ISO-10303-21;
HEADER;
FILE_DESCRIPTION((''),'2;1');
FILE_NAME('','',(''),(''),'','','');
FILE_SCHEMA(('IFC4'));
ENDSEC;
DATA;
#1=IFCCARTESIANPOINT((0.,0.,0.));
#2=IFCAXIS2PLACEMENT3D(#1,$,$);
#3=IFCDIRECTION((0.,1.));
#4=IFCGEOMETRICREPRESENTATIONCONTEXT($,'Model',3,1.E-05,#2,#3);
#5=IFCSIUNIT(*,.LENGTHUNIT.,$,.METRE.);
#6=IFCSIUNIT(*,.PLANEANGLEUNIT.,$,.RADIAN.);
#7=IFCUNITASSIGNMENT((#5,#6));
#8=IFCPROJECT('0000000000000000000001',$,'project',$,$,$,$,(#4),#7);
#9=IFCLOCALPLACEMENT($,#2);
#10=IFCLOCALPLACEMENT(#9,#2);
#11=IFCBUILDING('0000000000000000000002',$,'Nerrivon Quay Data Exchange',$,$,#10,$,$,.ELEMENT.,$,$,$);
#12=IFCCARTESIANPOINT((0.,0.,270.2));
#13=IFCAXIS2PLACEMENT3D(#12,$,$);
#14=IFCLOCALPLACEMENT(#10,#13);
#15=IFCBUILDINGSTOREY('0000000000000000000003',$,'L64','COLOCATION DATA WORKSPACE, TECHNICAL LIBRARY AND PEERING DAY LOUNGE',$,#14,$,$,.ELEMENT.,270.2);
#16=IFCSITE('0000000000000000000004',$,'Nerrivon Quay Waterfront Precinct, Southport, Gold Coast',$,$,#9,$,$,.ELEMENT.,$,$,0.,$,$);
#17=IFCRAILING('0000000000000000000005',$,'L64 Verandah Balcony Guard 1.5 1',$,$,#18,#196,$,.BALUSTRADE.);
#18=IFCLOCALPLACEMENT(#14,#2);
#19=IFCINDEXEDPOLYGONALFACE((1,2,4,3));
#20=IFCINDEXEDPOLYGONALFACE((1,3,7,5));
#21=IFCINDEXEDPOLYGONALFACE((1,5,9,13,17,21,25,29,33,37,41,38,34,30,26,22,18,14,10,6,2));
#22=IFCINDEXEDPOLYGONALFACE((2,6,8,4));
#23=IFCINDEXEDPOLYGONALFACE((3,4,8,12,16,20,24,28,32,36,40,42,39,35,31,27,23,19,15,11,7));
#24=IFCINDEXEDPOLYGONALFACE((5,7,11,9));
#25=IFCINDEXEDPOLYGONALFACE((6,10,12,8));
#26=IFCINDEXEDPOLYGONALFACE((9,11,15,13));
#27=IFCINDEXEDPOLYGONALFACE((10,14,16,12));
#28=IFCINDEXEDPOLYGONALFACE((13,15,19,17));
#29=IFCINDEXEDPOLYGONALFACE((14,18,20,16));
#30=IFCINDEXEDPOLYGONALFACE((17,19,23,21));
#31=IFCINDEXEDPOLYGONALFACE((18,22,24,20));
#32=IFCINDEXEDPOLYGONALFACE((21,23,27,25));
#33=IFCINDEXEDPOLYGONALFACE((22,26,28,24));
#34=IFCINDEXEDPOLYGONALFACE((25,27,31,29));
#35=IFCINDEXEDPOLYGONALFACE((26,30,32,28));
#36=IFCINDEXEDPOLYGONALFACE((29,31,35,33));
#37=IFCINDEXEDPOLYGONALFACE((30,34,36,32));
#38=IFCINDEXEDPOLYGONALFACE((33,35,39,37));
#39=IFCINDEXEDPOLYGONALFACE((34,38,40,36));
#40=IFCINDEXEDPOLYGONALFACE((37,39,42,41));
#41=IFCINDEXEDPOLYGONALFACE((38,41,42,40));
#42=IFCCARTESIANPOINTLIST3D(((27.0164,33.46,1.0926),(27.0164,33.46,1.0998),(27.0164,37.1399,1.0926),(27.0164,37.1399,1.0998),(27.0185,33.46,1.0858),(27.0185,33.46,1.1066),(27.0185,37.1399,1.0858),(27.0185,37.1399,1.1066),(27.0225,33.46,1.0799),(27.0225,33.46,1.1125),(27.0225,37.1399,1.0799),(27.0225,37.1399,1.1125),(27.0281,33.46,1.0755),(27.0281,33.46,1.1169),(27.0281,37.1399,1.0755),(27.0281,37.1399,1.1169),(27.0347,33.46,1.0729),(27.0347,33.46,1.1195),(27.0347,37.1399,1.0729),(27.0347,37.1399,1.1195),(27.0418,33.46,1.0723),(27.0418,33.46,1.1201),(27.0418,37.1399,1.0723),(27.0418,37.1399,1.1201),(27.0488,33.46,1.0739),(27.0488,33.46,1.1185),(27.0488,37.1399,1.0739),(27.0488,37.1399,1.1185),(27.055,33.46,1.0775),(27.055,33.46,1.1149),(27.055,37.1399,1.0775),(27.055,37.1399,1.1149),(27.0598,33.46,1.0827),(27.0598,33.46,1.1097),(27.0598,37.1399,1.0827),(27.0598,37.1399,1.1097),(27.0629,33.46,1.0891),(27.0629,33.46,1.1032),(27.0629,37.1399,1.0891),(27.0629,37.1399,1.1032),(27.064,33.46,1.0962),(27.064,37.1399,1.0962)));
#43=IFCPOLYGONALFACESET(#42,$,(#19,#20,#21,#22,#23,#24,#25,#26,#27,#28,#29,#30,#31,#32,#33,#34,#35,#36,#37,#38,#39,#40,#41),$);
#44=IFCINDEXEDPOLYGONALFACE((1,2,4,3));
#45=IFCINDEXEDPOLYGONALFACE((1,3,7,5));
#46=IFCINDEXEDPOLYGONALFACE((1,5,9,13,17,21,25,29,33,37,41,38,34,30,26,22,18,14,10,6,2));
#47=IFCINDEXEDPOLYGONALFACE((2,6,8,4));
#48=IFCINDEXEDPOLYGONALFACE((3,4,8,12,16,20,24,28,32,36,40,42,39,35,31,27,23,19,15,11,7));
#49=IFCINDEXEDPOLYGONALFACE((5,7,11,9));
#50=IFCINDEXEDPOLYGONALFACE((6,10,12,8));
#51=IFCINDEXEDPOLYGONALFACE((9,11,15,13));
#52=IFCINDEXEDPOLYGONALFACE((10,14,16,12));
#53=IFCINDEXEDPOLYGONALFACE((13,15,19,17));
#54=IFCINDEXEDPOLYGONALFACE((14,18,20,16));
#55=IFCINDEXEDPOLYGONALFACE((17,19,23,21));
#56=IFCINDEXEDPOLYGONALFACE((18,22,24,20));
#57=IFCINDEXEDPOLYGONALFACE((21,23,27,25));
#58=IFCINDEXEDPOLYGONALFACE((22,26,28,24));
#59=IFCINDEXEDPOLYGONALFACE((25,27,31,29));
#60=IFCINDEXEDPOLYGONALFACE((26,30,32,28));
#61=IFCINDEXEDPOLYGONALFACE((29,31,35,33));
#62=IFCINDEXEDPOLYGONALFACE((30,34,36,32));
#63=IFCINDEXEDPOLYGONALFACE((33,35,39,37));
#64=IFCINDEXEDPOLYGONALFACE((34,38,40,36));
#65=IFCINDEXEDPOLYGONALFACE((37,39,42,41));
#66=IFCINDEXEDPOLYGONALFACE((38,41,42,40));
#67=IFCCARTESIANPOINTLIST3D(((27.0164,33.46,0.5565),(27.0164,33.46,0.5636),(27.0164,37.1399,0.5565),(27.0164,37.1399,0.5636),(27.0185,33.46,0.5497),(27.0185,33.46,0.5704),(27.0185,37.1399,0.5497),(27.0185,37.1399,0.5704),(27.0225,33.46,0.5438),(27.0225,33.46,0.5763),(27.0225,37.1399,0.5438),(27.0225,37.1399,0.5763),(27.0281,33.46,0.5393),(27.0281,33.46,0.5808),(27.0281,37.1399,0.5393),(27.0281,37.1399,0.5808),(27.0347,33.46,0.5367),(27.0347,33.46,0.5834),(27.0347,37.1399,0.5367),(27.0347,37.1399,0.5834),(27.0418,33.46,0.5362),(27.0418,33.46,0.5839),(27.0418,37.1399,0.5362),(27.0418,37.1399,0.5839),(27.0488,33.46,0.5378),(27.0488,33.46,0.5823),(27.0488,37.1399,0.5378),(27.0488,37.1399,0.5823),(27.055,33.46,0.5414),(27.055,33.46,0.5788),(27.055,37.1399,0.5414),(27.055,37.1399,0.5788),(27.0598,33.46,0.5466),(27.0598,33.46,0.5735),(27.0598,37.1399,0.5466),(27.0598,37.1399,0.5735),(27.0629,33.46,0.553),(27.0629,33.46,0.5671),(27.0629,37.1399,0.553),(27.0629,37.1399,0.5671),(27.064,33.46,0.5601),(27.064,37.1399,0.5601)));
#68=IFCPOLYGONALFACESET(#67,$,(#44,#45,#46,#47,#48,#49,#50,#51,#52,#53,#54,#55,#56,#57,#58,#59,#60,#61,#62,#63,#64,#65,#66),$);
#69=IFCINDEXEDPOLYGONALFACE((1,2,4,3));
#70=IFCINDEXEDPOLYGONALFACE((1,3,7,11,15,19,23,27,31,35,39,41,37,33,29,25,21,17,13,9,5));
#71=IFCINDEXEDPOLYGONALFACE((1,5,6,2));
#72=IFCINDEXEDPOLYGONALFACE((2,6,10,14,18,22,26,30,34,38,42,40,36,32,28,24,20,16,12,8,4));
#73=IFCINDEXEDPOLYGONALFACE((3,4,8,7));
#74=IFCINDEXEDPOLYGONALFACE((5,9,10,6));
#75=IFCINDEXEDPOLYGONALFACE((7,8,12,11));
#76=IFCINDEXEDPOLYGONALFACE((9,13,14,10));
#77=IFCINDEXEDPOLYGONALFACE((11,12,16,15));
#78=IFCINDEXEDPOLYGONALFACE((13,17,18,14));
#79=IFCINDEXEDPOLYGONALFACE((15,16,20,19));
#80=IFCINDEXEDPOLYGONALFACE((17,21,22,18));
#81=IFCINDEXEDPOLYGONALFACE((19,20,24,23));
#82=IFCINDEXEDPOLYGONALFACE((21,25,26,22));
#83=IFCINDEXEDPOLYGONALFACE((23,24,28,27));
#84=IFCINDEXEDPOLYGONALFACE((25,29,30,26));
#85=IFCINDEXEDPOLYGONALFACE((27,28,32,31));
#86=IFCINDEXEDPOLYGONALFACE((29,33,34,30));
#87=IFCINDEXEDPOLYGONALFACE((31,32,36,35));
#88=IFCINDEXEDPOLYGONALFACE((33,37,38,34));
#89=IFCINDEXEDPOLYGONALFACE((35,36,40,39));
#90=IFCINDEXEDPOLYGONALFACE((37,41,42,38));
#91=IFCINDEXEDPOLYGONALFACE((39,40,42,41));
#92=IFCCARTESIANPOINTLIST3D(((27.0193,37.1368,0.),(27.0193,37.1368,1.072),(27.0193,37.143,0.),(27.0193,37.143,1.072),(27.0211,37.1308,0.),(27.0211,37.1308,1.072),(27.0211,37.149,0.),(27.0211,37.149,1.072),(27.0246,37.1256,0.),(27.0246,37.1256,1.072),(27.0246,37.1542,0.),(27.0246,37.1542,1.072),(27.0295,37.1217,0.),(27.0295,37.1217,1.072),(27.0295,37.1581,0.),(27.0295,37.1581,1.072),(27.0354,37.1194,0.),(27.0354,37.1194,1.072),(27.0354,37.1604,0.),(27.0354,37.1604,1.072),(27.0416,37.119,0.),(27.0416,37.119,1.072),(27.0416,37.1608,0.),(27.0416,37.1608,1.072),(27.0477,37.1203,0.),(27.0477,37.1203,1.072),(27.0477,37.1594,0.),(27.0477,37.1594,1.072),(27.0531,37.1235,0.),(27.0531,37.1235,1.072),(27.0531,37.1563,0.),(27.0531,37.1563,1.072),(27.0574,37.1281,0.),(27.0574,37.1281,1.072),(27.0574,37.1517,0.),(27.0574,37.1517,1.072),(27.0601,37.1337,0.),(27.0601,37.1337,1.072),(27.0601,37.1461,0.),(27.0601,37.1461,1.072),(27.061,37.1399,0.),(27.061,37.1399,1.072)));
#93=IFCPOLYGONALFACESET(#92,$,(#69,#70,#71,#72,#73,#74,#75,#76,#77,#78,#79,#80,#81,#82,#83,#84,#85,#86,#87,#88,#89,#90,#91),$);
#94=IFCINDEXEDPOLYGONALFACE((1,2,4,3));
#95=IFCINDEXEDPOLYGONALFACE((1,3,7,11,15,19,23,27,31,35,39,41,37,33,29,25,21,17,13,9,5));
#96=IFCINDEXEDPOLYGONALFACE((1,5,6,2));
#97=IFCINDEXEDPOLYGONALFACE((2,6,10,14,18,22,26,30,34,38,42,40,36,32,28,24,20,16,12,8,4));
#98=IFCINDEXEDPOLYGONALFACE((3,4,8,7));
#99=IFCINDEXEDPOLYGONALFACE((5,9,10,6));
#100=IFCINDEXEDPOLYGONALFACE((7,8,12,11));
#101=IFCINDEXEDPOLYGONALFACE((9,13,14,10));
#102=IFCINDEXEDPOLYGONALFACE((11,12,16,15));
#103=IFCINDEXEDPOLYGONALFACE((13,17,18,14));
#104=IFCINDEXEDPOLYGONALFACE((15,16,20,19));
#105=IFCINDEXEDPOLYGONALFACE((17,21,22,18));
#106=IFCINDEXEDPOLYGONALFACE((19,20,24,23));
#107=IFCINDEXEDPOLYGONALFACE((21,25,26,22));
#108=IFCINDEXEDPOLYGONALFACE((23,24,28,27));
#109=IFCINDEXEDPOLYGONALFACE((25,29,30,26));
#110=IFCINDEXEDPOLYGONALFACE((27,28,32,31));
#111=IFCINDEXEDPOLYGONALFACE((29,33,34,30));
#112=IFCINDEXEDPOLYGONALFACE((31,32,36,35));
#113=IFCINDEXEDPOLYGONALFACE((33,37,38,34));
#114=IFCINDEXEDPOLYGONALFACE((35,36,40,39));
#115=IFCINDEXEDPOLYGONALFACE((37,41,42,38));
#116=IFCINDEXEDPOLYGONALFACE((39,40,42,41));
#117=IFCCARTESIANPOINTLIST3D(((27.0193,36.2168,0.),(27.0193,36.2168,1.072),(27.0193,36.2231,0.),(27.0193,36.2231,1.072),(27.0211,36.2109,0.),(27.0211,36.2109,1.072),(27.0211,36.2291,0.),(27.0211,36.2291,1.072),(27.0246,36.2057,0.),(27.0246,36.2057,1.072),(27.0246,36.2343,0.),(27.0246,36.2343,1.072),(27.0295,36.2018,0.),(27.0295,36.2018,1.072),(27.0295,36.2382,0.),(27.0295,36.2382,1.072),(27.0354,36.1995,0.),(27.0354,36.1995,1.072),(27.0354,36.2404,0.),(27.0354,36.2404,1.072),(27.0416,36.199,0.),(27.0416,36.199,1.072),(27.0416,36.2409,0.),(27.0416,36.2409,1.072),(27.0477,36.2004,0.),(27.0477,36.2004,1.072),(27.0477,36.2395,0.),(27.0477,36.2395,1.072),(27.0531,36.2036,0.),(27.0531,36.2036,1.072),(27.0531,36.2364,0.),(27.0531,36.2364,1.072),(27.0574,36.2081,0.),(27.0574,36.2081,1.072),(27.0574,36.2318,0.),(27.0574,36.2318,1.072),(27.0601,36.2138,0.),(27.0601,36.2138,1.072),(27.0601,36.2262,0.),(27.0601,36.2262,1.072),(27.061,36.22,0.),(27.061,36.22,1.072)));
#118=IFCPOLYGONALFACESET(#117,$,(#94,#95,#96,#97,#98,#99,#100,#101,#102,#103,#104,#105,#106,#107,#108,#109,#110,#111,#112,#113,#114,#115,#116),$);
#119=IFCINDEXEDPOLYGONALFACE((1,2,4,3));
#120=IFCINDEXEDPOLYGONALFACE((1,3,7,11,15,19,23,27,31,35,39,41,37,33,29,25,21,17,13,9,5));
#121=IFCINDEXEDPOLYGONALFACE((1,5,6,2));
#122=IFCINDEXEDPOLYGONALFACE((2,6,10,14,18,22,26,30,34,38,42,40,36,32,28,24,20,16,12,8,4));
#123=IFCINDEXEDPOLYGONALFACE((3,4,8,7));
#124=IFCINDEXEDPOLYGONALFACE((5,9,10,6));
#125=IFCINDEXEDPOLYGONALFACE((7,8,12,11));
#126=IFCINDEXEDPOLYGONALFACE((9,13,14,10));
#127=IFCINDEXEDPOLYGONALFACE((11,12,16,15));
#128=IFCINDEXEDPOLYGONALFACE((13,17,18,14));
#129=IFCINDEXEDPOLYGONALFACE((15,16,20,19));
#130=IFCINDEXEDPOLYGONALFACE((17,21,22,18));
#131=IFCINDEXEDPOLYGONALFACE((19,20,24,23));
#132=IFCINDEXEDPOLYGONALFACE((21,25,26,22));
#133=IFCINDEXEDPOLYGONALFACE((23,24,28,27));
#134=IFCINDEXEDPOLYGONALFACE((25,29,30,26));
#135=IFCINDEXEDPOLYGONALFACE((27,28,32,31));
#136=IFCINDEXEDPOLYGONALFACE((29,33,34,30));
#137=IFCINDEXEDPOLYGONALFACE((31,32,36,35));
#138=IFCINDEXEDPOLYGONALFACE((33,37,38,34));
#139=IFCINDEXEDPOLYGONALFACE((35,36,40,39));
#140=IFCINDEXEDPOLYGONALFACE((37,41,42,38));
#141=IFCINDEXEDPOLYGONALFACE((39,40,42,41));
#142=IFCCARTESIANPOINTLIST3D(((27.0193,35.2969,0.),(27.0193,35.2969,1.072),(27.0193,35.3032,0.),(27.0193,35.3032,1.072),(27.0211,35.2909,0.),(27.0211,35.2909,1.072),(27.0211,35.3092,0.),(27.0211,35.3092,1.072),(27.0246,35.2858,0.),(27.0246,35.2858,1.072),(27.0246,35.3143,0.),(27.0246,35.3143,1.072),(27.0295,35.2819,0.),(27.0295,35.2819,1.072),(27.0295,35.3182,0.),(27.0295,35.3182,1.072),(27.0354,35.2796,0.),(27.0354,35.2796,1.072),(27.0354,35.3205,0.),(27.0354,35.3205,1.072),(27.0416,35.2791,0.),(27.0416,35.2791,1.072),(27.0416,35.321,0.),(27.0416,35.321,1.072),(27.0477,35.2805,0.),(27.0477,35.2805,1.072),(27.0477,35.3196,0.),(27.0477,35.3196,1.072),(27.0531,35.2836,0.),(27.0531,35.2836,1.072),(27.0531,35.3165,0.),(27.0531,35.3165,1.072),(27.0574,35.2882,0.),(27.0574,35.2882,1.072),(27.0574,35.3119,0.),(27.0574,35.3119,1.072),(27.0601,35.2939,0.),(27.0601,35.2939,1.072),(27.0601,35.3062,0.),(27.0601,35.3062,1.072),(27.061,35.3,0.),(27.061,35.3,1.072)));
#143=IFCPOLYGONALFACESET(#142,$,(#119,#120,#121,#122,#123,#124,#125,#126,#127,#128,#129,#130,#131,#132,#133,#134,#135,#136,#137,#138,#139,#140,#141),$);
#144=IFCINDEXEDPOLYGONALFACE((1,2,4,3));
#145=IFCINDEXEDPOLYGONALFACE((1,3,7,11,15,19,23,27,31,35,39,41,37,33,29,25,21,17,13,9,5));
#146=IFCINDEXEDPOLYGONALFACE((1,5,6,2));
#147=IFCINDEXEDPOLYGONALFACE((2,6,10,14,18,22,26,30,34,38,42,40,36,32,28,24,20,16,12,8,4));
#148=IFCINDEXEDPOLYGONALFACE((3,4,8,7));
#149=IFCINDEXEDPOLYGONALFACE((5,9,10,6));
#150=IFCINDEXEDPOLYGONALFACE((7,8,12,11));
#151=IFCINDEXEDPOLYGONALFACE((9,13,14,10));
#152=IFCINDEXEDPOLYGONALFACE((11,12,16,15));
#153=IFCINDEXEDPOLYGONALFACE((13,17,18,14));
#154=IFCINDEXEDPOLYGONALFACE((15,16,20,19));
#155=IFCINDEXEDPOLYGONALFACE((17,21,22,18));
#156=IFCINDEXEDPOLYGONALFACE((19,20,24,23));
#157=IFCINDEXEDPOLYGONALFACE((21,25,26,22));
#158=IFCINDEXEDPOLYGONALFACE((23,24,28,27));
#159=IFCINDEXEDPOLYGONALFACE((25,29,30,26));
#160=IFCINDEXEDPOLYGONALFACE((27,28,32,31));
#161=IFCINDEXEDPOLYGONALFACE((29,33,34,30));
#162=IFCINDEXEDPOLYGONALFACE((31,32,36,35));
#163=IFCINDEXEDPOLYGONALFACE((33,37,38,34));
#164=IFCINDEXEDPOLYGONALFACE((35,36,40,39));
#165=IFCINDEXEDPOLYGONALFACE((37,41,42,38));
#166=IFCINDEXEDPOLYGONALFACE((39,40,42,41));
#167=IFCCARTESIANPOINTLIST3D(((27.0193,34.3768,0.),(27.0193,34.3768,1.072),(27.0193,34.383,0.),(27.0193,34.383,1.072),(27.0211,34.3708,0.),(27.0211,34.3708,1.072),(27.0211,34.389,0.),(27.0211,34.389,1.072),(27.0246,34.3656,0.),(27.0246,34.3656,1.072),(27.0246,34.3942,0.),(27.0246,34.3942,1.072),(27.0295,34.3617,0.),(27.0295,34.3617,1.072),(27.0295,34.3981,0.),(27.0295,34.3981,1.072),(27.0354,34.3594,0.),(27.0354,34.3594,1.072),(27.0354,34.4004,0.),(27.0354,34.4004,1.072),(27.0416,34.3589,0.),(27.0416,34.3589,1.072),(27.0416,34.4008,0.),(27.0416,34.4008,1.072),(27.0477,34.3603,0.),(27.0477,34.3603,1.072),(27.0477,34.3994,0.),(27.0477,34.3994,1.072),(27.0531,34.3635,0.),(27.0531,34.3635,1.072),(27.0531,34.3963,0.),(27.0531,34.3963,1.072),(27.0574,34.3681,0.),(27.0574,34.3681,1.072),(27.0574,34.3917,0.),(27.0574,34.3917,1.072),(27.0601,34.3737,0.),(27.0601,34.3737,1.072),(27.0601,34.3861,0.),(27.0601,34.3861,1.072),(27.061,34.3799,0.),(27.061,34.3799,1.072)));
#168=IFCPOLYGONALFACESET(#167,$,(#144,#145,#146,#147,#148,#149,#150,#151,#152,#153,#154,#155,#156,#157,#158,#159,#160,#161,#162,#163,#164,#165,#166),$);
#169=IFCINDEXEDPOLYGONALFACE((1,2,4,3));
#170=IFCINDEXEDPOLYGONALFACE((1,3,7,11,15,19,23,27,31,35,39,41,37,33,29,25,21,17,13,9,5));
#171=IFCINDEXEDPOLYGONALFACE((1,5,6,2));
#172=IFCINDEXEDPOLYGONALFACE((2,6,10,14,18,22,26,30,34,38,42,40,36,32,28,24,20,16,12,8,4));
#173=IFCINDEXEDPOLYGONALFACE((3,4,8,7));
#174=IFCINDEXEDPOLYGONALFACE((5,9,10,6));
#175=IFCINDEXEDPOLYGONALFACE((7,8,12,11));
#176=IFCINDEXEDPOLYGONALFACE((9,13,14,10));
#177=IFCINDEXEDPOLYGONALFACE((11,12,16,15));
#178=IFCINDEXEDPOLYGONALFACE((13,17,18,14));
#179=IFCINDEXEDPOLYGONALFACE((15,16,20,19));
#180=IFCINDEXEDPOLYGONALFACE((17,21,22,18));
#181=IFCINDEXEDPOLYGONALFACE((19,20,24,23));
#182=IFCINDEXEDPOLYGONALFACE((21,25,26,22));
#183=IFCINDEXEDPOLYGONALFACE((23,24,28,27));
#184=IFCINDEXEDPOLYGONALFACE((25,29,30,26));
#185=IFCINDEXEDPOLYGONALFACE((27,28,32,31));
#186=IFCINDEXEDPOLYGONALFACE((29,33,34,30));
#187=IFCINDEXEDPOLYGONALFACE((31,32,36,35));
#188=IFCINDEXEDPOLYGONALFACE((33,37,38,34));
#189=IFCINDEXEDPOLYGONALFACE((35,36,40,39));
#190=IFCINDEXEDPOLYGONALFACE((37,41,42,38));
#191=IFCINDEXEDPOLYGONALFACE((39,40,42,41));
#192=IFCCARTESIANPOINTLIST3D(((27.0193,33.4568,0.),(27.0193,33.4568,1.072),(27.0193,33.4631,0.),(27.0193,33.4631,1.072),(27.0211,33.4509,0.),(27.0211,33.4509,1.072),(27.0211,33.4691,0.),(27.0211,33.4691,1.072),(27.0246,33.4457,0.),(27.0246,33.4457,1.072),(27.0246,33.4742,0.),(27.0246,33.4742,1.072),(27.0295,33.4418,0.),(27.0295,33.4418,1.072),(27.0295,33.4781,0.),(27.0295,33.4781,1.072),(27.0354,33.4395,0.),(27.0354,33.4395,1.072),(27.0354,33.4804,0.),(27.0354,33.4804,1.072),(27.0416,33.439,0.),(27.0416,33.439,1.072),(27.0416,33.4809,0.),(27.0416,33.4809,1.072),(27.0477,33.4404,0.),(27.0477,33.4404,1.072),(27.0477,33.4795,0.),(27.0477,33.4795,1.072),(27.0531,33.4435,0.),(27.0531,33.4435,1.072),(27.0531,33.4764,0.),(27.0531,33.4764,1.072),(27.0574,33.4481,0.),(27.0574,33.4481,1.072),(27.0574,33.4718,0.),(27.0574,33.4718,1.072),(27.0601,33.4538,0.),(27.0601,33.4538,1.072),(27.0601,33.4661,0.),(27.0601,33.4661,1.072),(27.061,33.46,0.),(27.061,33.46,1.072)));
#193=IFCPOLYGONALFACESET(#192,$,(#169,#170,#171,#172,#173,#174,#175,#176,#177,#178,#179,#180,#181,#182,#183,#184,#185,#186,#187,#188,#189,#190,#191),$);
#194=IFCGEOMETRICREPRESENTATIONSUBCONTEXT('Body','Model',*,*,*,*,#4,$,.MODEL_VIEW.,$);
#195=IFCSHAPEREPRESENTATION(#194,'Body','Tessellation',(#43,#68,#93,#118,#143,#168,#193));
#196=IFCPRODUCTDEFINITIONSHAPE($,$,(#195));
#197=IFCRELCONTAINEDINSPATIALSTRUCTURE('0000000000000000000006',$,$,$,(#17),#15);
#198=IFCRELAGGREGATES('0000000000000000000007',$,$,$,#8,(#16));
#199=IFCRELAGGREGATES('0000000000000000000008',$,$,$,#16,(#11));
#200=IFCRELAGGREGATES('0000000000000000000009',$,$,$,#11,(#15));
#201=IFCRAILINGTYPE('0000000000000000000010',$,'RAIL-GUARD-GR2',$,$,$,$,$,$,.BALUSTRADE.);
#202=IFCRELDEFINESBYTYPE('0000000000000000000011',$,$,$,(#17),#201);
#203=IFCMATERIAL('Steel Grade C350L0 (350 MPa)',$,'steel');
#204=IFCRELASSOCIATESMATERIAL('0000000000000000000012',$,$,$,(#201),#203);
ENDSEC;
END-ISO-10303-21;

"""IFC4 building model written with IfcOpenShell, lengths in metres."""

from ifc_helpers import new_model, si_unit, direction, frame, origin, origin_2d, place, context, subcontext, project, spatial, circle, extrude, material, type_object, element, save


model = new_model("IFC4")

# Units and contexts
model_context = context("Model", 3, precision=1e-05, world=origin(), true_north=direction((0.0, 1.0)))
body_context = subcontext(model_context, "Body", "Model", "MODEL_VIEW")
ifc_project = project(units=[si_unit("LENGTHUNIT", "METRE"), si_unit("PLANEANGLEUNIT", "RADIAN")], contexts=[model_context])

# Site, building, storey
site_placement = place(None, origin())
site = spatial("IfcSite", under=ifc_project, at=site_placement, Name="Nerrivon Quay Waterfront Precinct, Southport, Gold Coast", CompositionType="ELEMENT", RefElevation=0.0)
building_placement = place(site_placement, origin())
building = spatial("IfcBuilding", under=site, at=building_placement, Name="Nerrivon Quay Data Exchange", CompositionType="ELEMENT")
storey_placement = place(building_placement, frame((0.0, 0.0, 270.2)))
storey = spatial("IfcBuildingStorey", under=building, at=storey_placement, Name="L64", Description="COLOCATION DATA WORKSPACE, TECHNICAL LIBRARY AND PEERING DAY LOUNGE", CompositionType="ELEMENT", Elevation=270.2)

# Shared definitions
ifc_material_1 = material(Name="Steel Grade C350L0 (350 MPa)", Category="steel")

# Railing
railing_type = type_object("IfcRailingType", Name="RAIL-GUARD-GR2", PredefinedType="BALUSTRADE", material=ifc_material_1)
railing_1_placement = place(storey_placement, frame((27.04, 37.1399, 0.0)))
element("IfcRailing", 1, at=railing_1_placement, inside=storey, type_object=railing_type, Name="L64 Verandah Balcony Guard 1.5 1", PredefinedType="BALUSTRADE", context=body_context, shape_type="SweptSolid", body=[
    extrude(circle(Radius=0.0239, at=origin_2d()), frame((0.0, 0.0, 1.0962), z_axis=(0.0, -1.0, 0.0), x_axis=(1.0, 0.0, 0.0)), (0.0, 0.0, 1.0), 3.6799),
    extrude(circle(Radius=0.0239, at=origin_2d()), frame((0.0, 0.0, 0.5601), z_axis=(0.0, -1.0, 0.0), x_axis=(1.0, 0.0, 0.0)), (0.0, 0.0, 1.0), 3.6799),
    extrude(circle(Radius=0.021, at=origin_2d()), origin(), (0.0, 0.0, 1.0), 1.072),
    extrude(circle(Radius=0.021, at=origin_2d()), frame((0.0, -0.9199, 0.0)), (0.0, 0.0, 1.0), 1.072),
    extrude(circle(Radius=0.021, at=origin_2d()), frame((0.0, -1.8398, 0.0)), (0.0, 0.0, 1.0), 1.072),
    extrude(circle(Radius=0.021, at=origin_2d()), frame((0.0, -2.76, 0.0)), (0.0, 0.0, 1.0), 1.072),
    extrude(circle(Radius=0.021, at=origin_2d()), frame((0.0, -3.6799, 0.0)), (0.0, 0.0, 1.0), 1.072),
])

save(model, "model.ifc")
